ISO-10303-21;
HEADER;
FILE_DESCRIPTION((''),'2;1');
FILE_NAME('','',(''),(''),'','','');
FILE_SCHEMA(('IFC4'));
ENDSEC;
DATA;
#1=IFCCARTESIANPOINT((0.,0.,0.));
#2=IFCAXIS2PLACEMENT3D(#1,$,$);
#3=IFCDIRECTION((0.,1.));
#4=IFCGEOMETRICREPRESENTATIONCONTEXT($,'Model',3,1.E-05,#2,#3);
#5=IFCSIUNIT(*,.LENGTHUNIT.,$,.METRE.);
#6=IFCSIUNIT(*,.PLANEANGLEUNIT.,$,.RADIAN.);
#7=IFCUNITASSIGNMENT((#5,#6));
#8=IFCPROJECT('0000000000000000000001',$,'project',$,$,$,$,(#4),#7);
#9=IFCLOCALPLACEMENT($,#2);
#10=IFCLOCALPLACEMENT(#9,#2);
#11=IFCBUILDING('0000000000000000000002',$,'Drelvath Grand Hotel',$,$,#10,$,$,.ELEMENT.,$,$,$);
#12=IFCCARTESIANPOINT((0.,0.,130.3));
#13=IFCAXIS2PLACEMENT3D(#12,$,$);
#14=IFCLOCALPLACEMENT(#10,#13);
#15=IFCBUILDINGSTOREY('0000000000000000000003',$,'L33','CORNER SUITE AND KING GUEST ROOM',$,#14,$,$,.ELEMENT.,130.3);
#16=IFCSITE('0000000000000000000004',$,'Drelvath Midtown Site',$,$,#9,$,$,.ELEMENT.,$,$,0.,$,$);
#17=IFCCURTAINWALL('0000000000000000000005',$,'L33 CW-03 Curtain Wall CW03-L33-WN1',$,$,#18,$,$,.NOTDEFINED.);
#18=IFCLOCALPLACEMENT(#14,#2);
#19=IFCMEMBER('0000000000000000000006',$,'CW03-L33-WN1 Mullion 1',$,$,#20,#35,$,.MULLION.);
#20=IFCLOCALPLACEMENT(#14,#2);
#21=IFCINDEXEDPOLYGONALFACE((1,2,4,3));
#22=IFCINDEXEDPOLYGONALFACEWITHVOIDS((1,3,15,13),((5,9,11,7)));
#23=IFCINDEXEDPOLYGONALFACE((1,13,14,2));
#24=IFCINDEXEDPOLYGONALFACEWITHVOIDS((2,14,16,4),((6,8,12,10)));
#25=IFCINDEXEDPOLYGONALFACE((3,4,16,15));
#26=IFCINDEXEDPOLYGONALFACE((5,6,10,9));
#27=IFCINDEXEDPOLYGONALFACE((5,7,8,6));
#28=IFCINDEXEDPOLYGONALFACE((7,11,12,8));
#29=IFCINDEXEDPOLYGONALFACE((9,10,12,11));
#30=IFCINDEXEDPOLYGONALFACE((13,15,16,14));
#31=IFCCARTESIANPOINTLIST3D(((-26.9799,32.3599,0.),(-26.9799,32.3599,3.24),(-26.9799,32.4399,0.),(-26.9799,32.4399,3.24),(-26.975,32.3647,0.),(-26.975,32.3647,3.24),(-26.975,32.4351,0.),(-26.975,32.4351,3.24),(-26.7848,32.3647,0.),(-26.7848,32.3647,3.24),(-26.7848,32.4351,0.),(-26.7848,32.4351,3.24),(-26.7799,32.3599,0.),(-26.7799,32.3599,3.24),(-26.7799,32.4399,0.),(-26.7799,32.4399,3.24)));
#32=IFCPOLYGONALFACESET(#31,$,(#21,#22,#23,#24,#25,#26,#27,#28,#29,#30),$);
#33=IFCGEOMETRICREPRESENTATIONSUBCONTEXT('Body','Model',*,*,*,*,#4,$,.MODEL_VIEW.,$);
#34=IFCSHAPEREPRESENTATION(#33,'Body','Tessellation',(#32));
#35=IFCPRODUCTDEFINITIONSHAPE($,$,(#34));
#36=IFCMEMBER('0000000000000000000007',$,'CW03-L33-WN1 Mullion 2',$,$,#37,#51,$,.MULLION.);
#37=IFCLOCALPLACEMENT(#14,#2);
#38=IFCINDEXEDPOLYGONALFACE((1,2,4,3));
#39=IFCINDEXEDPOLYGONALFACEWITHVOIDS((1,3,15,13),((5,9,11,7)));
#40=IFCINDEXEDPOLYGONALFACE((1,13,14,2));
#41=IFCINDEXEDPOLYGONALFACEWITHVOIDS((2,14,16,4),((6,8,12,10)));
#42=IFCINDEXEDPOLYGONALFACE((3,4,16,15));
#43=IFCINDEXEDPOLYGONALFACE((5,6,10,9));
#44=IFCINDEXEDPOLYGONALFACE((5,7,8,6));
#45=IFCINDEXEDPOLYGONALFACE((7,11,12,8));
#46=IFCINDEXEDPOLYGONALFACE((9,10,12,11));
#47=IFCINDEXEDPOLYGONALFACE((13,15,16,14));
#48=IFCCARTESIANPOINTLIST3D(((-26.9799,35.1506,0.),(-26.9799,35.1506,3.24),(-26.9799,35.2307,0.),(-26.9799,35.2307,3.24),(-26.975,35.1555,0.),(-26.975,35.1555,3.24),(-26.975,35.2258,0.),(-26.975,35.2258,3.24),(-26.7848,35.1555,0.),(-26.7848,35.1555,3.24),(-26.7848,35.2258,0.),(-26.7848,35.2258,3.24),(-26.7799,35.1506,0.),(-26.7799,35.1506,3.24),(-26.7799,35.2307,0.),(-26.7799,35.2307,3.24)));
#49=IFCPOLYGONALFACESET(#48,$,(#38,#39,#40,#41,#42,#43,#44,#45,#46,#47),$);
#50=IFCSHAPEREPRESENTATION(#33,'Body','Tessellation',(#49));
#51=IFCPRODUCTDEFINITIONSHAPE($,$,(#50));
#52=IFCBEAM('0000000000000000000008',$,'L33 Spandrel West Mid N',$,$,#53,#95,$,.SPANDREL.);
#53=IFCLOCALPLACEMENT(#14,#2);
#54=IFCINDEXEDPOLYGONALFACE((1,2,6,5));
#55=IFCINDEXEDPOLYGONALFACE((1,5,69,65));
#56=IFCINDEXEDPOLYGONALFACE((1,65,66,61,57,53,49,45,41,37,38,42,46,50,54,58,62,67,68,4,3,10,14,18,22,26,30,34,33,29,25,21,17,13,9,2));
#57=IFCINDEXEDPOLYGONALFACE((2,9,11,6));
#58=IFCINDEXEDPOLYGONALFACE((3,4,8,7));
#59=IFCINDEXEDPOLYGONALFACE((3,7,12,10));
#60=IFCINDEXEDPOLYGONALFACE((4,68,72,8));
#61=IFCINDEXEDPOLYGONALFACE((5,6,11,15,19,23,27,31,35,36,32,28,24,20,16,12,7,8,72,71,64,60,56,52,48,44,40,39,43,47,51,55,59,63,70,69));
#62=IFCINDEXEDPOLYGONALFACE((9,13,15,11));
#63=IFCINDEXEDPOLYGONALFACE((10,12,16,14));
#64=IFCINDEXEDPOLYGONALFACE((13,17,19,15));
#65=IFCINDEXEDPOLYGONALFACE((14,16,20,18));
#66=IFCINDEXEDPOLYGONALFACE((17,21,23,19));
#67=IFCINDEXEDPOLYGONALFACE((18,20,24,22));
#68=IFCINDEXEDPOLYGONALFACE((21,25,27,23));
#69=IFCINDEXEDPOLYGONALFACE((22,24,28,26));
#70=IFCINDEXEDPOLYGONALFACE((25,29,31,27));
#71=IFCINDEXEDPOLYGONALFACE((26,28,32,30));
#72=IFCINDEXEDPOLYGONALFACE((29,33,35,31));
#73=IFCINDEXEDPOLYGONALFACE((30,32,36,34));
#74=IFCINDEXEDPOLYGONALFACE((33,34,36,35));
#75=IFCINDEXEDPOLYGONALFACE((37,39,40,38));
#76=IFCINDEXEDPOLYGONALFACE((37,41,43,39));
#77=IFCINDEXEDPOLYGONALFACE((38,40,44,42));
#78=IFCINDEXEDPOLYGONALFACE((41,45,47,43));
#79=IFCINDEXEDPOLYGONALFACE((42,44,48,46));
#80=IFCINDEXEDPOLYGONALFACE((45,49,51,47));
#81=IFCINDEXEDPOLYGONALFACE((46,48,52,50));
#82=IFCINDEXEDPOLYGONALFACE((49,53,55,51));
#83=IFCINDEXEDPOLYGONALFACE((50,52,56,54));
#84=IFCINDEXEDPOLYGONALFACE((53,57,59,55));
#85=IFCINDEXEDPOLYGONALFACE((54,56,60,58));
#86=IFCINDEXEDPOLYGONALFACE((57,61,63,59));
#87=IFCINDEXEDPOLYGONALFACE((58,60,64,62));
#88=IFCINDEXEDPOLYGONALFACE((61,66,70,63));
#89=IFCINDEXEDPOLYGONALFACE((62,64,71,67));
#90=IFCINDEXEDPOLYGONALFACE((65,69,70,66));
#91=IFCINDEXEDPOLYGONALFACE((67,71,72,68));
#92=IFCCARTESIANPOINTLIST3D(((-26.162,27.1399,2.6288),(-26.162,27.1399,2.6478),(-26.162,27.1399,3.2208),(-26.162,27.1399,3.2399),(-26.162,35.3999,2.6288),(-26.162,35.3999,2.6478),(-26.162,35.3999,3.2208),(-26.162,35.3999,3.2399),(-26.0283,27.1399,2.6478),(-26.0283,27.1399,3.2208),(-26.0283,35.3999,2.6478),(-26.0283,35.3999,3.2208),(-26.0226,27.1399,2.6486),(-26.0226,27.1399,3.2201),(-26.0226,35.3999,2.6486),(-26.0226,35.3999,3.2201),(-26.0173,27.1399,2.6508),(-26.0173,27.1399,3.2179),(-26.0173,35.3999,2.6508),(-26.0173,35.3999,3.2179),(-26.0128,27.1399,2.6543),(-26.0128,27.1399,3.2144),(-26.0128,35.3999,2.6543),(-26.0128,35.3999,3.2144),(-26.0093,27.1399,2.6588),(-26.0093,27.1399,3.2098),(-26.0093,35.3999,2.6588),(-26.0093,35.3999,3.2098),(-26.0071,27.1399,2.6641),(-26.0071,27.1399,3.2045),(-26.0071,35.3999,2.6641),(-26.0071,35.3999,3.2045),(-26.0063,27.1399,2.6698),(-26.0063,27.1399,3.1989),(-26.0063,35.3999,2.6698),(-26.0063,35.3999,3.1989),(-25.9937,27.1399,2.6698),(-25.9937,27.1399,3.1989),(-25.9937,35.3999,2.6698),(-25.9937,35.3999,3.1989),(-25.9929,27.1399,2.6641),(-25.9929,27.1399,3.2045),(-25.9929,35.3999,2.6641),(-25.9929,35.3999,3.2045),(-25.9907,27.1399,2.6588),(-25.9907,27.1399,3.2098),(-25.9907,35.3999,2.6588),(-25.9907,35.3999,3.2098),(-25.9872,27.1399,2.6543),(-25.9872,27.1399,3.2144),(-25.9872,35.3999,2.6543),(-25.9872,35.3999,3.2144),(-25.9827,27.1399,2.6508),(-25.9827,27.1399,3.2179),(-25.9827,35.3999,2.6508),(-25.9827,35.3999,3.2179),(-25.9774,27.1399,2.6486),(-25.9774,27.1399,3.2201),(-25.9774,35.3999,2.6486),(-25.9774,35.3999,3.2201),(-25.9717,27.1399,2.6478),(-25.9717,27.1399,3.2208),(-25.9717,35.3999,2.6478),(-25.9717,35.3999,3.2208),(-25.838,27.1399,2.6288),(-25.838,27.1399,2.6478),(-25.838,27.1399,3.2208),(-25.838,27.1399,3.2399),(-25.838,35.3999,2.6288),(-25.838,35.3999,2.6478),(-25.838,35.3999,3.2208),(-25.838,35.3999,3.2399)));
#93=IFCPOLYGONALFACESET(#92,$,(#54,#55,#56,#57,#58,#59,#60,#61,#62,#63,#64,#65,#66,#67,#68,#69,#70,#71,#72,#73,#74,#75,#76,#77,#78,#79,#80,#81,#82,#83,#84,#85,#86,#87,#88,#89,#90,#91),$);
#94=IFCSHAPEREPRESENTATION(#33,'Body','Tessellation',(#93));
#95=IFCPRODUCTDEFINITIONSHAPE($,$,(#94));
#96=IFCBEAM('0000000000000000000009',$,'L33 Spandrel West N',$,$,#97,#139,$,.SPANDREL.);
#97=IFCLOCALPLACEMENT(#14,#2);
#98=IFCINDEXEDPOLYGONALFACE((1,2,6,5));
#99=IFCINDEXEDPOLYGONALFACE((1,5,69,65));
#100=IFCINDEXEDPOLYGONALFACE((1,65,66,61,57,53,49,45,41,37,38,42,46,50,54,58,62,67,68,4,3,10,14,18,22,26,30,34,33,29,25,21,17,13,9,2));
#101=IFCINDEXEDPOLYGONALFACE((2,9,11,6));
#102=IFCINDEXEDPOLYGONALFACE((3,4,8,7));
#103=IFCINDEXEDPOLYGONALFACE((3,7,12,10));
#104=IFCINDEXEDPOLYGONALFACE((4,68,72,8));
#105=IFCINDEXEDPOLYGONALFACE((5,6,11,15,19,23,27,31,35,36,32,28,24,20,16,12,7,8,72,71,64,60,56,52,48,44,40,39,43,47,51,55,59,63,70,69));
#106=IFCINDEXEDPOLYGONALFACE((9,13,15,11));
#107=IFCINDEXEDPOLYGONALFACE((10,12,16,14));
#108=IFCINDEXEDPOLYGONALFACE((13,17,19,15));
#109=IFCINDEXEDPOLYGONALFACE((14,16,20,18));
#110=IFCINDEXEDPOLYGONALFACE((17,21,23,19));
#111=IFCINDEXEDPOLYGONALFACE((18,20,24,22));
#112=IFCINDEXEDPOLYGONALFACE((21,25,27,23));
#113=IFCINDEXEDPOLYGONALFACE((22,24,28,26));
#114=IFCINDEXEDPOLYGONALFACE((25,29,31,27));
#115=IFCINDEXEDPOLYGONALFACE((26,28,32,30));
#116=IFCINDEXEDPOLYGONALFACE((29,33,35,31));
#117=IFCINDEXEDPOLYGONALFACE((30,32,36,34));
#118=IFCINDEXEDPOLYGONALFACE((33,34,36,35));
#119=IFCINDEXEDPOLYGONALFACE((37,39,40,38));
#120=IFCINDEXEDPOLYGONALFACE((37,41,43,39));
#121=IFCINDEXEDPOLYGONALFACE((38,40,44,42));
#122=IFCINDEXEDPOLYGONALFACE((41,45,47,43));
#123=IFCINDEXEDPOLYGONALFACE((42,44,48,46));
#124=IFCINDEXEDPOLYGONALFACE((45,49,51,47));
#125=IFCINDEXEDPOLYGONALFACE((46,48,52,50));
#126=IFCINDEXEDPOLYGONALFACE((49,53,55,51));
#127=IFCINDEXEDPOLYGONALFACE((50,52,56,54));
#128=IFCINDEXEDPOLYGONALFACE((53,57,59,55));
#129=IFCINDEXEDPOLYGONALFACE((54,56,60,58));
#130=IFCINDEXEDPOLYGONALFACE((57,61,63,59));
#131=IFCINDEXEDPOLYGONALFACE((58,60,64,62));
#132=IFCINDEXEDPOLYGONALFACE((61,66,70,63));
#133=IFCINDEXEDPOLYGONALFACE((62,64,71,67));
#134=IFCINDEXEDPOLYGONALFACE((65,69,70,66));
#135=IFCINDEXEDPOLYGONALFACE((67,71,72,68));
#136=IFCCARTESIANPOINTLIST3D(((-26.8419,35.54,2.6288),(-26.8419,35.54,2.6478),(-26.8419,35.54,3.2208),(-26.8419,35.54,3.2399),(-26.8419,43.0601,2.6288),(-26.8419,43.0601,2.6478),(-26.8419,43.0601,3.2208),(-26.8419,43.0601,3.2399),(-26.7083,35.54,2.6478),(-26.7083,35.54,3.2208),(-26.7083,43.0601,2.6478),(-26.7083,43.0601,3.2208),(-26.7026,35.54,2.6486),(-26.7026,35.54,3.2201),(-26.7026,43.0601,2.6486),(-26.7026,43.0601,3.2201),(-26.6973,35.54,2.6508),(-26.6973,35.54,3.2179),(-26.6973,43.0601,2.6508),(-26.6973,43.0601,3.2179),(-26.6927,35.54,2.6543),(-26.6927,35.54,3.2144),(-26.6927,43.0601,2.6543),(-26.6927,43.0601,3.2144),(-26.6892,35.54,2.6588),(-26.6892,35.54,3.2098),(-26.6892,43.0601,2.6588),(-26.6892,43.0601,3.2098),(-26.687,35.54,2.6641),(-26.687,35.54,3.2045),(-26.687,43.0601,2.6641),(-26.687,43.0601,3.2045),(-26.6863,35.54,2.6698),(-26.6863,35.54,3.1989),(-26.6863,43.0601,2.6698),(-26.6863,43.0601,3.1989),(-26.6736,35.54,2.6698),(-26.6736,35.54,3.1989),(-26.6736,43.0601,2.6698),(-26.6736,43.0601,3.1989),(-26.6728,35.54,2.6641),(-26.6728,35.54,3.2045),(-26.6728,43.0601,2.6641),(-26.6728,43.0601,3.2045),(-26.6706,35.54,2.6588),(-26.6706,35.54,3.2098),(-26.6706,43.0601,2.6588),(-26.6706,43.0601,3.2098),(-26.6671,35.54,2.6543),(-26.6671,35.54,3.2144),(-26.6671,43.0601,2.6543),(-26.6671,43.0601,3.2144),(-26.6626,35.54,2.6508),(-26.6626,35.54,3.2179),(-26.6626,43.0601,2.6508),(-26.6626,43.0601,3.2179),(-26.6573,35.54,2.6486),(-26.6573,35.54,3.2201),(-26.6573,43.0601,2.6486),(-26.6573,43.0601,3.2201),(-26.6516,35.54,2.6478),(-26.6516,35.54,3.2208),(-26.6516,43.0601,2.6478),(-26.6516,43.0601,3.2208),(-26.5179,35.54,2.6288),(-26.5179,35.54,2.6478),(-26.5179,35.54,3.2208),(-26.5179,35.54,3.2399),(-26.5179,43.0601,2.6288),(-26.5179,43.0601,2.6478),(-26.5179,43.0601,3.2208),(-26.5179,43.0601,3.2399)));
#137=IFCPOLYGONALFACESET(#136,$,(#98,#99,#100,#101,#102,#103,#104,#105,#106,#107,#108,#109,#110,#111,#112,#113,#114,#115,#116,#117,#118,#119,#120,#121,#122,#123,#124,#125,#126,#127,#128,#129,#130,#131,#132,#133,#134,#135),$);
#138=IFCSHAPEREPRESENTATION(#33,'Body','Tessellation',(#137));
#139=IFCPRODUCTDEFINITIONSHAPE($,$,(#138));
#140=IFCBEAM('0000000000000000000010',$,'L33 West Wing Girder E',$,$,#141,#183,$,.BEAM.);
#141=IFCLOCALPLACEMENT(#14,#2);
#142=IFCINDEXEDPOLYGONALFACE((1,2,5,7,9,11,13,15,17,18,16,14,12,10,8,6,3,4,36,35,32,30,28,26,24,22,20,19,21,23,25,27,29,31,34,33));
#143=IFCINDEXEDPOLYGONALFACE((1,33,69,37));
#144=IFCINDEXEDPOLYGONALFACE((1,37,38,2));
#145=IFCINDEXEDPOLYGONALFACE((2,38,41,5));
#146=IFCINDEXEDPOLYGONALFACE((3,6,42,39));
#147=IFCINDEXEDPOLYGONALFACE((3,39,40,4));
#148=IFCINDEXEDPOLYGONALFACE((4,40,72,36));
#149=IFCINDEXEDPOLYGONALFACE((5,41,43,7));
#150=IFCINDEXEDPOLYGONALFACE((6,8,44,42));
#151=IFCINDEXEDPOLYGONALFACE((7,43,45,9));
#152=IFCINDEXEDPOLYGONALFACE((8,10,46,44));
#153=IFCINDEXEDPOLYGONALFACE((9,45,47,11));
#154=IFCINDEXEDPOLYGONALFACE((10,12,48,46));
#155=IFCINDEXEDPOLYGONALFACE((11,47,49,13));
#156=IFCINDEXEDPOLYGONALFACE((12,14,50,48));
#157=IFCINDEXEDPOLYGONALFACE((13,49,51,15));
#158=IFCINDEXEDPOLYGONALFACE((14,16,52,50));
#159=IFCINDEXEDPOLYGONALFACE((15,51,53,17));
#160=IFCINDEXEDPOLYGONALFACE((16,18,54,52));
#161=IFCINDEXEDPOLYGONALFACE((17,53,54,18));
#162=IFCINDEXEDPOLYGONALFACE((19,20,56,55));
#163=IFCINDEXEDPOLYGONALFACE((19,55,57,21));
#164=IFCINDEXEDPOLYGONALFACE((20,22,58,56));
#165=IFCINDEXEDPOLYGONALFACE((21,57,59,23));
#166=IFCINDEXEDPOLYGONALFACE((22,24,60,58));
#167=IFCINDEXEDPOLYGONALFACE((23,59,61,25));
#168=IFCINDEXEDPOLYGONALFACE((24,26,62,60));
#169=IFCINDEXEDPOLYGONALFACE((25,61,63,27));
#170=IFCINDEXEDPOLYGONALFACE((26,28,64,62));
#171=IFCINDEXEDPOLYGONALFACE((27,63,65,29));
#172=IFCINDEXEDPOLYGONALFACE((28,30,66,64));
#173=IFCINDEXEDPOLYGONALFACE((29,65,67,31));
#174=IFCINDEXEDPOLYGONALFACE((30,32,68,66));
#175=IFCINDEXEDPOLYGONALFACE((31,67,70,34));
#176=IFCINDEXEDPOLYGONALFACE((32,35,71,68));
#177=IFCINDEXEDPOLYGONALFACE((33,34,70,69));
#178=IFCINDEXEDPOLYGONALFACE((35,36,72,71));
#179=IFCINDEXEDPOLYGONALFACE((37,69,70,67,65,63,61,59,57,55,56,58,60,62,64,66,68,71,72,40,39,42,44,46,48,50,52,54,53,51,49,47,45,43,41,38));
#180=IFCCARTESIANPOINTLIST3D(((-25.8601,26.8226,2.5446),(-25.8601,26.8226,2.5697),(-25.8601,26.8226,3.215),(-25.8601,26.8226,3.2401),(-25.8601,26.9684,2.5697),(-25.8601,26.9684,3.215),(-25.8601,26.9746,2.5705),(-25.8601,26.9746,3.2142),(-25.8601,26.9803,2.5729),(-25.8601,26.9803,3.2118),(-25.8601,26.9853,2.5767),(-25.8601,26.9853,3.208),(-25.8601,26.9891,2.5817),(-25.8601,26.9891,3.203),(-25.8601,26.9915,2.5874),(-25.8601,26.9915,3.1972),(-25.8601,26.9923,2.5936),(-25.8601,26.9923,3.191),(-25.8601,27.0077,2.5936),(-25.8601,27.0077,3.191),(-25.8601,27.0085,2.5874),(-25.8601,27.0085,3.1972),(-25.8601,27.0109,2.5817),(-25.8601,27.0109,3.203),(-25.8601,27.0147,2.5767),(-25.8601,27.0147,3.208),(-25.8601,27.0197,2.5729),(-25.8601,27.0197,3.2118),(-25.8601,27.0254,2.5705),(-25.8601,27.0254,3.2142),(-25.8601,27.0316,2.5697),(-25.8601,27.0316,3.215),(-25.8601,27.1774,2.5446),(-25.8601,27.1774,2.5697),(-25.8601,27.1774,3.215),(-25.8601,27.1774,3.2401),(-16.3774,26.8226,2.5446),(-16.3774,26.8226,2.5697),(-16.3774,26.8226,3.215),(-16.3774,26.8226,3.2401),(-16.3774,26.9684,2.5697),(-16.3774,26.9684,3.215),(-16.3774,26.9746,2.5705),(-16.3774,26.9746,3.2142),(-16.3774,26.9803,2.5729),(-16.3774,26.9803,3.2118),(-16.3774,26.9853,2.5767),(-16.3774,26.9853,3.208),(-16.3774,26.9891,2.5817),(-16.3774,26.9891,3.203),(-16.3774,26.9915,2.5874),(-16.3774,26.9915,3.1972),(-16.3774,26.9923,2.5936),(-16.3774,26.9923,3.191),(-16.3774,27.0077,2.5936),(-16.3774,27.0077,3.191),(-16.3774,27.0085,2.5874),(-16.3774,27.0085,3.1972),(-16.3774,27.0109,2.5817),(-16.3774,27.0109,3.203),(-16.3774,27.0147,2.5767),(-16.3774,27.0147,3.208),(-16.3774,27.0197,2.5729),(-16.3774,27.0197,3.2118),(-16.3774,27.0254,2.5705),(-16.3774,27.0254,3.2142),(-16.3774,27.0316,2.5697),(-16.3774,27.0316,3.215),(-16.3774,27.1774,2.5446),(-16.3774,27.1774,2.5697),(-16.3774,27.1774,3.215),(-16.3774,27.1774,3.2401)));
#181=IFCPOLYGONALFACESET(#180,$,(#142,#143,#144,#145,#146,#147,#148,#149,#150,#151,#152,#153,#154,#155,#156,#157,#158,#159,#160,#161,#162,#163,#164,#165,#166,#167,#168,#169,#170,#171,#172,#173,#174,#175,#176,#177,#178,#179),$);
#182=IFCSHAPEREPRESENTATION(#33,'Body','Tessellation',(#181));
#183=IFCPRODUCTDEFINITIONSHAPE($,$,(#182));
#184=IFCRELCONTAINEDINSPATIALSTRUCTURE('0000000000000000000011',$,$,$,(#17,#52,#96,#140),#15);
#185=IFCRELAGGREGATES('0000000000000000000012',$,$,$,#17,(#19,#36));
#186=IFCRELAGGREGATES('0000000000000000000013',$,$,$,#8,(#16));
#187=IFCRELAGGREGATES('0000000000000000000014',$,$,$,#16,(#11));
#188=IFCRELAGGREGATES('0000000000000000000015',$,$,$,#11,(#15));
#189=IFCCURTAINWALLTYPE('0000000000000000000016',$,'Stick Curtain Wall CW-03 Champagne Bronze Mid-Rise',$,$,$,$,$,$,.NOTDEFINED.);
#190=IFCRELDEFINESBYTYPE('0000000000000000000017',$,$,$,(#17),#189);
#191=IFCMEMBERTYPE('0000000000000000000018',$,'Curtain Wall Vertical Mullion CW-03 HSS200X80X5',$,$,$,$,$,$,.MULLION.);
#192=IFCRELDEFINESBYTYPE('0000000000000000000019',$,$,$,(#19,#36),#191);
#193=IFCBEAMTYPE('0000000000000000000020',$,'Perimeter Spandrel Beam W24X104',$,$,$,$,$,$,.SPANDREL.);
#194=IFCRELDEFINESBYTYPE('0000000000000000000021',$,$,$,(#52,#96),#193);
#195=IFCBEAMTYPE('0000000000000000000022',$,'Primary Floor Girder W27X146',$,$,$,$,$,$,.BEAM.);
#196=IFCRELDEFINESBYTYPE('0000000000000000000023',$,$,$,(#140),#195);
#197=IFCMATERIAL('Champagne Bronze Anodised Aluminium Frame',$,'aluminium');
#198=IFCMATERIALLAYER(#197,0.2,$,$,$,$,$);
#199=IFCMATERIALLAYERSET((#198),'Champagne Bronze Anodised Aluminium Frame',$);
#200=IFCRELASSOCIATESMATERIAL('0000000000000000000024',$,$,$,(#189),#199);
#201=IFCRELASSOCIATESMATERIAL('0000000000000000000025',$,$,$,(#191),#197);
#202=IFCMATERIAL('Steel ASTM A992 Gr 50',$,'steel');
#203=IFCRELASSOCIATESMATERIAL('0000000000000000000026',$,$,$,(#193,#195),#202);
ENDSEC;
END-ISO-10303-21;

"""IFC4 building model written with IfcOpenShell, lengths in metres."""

from ifc_helpers import new_model, si_unit, direction, frame, origin, origin_2d, place, context, subcontext, project, spatial, hollow_rectangle, i_section, extrude, material, layer, layer_set, material_profile, profile_set, type_object, element, aggregate, save


model = new_model("IFC4")

# Units and contexts
model_context = context("Model", 3, precision=1e-05, world=origin(), true_north=direction((0.0, 1.0)))
body_context = subcontext(model_context, "Body", "Model", "MODEL_VIEW")
ifc_project = project(units=[si_unit("LENGTHUNIT", "METRE"), si_unit("PLANEANGLEUNIT", "RADIAN")], contexts=[model_context])

# Site, building, storey
site_placement = place(None, origin())
site = spatial("IfcSite", under=ifc_project, at=site_placement, Name="Drelvath Midtown Site", CompositionType="ELEMENT", RefElevation=0.0)
building_placement = place(site_placement, origin())
building = spatial("IfcBuilding", under=site, at=building_placement, Name="Drelvath Grand Hotel", CompositionType="ELEMENT")
storey_placement = place(building_placement, frame((0.0, 0.0, 130.3)))
storey = spatial("IfcBuildingStorey", under=building, at=storey_placement, Name="L33", Description="CORNER SUITE AND KING GUEST ROOM", CompositionType="ELEMENT", Elevation=130.3)

# Curtain wall
ifc_material_1 = material(Name="Champagne Bronze Anodised Aluminium Frame", Category="aluminium")
ifc_layer_1 = layer(ifc_material_1, 0.2)
ifc_layer_set_1 = layer_set([ifc_layer_1], Name="Champagne Bronze Anodised Aluminium Frame")
curtain_wall_type = type_object("IfcCurtainWallType", Name="Stick Curtain Wall CW-03 Champagne Bronze Mid-Rise", PredefinedType="NOTDEFINED", material=ifc_layer_set_1)
curtain_wall_1_placement = place(storey_placement, origin())
curtain_wall_1 = element("IfcCurtainWall", 1, at=curtain_wall_1_placement, inside=storey, type_object=curtain_wall_type, Name="L33 CW-03 Curtain Wall CW03-L33-WN1", PredefinedType="NOTDEFINED")
ifc_material_profile_1 = material_profile(ifc_material_1, hollow_rectangle(XDim=0.0801, YDim=0.2, WallThickness=0.0049, at=origin_2d()), Name="HSS200X80X5")
ifc_profile_set_1 = profile_set([ifc_material_profile_1], Name="Champagne Bronze Anodised Aluminium Frame")
member_type_1 = type_object("IfcMemberType", Name="Curtain Wall Vertical Mullion CW-03 HSS200X80X5", PredefinedType="MULLION", material=ifc_profile_set_1)

# Members
member_1_placement = place(storey_placement, frame((-26.8799, 32.3999, 0.0), z_axis=(0.0, 0.0, 1.0), x_axis=(0.0, 1.0, 0.0)))
member_1 = element("IfcMember", 2, at=member_1_placement, type_object=member_type_1, Name="CW03-L33-WN1 Mullion 1", PredefinedType="MULLION", context=body_context, shape_type="SweptSolid", body=[
    extrude(hollow_rectangle(XDim=0.0801, YDim=0.2, WallThickness=0.0049, at=origin_2d()), origin(), (0.0, 0.0, 1.0), 3.24),
])
member_2_placement = place(storey_placement, frame((-26.8799, 35.1907, 0.0), z_axis=(0.0, 0.0, 1.0), x_axis=(0.0, 1.0, 0.0)))
member_2 = element("IfcMember", 3, at=member_2_placement, type_object=member_type_1, Name="CW03-L33-WN1 Mullion 2", PredefinedType="MULLION", context=body_context, shape_type="SweptSolid", body=[
    extrude(hollow_rectangle(XDim=0.0801, YDim=0.2, WallThickness=0.0049, at=origin_2d()), origin(), (0.0, 0.0, 1.0), 3.24),
])

# Beams
ifc_material_2 = material(Name="Steel ASTM A992 Gr 50", Category="steel")
ifc_material_profile_2 = material_profile(ifc_material_2, i_section(OverallWidth=0.324, OverallDepth=0.6111, WebThickness=0.0127, FlangeThickness=0.019, FilletRadius=0.022, at=origin_2d()), Name="W24X104")
ifc_profile_set_2 = profile_set([ifc_material_profile_2], Name="Steel ASTM A992 Gr 50")
beam_type_1 = type_object("IfcBeamType", Name="Perimeter Spandrel Beam W24X104", PredefinedType="SPANDREL", material=ifc_profile_set_2)
beam_1_placement = place(storey_placement, frame((-26.0, 27.1399, 2.9343), z_axis=(0.0, 1.0, 0.0), x_axis=(-1.0, 0.0, 0.0)))
element("IfcBeam", 4, at=beam_1_placement, inside=storey, type_object=beam_type_1, Name="L33 Spandrel West Mid N", PredefinedType="SPANDREL", context=body_context, shape_type="SweptSolid", body=[
    extrude(i_section(OverallWidth=0.324, OverallDepth=0.6111, WebThickness=0.0127, FlangeThickness=0.019, FilletRadius=0.022, at=origin_2d()), origin(), (0.0, 0.0, 1.0), 8.26),
])
beam_2_placement = place(storey_placement, frame((-26.6799, 35.54, 2.9343), z_axis=(0.0, 1.0, 0.0), x_axis=(-1.0, 0.0, 0.0)))
element("IfcBeam", 5, at=beam_2_placement, inside=storey, type_object=beam_type_1, Name="L33 Spandrel West N", PredefinedType="SPANDREL", context=body_context, shape_type="SweptSolid", body=[
    extrude(i_section(OverallWidth=0.324, OverallDepth=0.6111, WebThickness=0.0127, FlangeThickness=0.019, FilletRadius=0.022, at=origin_2d()), origin(), (0.0, 0.0, 1.0), 7.52),
])
ifc_material_profile_3 = material_profile(ifc_material_2, i_section(OverallWidth=0.3547, OverallDepth=0.6956, WebThickness=0.0154, FlangeThickness=0.0251, FilletRadius=0.0239, at=origin_2d()), Name="W27X146")
ifc_profile_set_3 = profile_set([ifc_material_profile_3], Name="Steel ASTM A992 Gr 50")
beam_type_2 = type_object("IfcBeamType", Name="Primary Floor Girder W27X146", PredefinedType="BEAM", material=ifc_profile_set_3)
beam_3_placement = place(storey_placement, frame((-25.8601, 27.0, 2.8923), z_axis=(1.0, 0.0, 0.0), x_axis=(0.0, 1.0, 0.0)))
element("IfcBeam", 6, at=beam_3_placement, inside=storey, type_object=beam_type_2, Name="L33 West Wing Girder E", PredefinedType="BEAM", context=body_context, shape_type="SweptSolid", body=[
    extrude(i_section(OverallWidth=0.3547, OverallDepth=0.6956, WebThickness=0.0154, FlangeThickness=0.0251, FilletRadius=0.0239, at=origin_2d()), origin(), (0.0, 0.0, 1.0), 9.4827),
])

aggregate(curtain_wall_1, [member_1, member_2])

save(model, "model.ifc")
